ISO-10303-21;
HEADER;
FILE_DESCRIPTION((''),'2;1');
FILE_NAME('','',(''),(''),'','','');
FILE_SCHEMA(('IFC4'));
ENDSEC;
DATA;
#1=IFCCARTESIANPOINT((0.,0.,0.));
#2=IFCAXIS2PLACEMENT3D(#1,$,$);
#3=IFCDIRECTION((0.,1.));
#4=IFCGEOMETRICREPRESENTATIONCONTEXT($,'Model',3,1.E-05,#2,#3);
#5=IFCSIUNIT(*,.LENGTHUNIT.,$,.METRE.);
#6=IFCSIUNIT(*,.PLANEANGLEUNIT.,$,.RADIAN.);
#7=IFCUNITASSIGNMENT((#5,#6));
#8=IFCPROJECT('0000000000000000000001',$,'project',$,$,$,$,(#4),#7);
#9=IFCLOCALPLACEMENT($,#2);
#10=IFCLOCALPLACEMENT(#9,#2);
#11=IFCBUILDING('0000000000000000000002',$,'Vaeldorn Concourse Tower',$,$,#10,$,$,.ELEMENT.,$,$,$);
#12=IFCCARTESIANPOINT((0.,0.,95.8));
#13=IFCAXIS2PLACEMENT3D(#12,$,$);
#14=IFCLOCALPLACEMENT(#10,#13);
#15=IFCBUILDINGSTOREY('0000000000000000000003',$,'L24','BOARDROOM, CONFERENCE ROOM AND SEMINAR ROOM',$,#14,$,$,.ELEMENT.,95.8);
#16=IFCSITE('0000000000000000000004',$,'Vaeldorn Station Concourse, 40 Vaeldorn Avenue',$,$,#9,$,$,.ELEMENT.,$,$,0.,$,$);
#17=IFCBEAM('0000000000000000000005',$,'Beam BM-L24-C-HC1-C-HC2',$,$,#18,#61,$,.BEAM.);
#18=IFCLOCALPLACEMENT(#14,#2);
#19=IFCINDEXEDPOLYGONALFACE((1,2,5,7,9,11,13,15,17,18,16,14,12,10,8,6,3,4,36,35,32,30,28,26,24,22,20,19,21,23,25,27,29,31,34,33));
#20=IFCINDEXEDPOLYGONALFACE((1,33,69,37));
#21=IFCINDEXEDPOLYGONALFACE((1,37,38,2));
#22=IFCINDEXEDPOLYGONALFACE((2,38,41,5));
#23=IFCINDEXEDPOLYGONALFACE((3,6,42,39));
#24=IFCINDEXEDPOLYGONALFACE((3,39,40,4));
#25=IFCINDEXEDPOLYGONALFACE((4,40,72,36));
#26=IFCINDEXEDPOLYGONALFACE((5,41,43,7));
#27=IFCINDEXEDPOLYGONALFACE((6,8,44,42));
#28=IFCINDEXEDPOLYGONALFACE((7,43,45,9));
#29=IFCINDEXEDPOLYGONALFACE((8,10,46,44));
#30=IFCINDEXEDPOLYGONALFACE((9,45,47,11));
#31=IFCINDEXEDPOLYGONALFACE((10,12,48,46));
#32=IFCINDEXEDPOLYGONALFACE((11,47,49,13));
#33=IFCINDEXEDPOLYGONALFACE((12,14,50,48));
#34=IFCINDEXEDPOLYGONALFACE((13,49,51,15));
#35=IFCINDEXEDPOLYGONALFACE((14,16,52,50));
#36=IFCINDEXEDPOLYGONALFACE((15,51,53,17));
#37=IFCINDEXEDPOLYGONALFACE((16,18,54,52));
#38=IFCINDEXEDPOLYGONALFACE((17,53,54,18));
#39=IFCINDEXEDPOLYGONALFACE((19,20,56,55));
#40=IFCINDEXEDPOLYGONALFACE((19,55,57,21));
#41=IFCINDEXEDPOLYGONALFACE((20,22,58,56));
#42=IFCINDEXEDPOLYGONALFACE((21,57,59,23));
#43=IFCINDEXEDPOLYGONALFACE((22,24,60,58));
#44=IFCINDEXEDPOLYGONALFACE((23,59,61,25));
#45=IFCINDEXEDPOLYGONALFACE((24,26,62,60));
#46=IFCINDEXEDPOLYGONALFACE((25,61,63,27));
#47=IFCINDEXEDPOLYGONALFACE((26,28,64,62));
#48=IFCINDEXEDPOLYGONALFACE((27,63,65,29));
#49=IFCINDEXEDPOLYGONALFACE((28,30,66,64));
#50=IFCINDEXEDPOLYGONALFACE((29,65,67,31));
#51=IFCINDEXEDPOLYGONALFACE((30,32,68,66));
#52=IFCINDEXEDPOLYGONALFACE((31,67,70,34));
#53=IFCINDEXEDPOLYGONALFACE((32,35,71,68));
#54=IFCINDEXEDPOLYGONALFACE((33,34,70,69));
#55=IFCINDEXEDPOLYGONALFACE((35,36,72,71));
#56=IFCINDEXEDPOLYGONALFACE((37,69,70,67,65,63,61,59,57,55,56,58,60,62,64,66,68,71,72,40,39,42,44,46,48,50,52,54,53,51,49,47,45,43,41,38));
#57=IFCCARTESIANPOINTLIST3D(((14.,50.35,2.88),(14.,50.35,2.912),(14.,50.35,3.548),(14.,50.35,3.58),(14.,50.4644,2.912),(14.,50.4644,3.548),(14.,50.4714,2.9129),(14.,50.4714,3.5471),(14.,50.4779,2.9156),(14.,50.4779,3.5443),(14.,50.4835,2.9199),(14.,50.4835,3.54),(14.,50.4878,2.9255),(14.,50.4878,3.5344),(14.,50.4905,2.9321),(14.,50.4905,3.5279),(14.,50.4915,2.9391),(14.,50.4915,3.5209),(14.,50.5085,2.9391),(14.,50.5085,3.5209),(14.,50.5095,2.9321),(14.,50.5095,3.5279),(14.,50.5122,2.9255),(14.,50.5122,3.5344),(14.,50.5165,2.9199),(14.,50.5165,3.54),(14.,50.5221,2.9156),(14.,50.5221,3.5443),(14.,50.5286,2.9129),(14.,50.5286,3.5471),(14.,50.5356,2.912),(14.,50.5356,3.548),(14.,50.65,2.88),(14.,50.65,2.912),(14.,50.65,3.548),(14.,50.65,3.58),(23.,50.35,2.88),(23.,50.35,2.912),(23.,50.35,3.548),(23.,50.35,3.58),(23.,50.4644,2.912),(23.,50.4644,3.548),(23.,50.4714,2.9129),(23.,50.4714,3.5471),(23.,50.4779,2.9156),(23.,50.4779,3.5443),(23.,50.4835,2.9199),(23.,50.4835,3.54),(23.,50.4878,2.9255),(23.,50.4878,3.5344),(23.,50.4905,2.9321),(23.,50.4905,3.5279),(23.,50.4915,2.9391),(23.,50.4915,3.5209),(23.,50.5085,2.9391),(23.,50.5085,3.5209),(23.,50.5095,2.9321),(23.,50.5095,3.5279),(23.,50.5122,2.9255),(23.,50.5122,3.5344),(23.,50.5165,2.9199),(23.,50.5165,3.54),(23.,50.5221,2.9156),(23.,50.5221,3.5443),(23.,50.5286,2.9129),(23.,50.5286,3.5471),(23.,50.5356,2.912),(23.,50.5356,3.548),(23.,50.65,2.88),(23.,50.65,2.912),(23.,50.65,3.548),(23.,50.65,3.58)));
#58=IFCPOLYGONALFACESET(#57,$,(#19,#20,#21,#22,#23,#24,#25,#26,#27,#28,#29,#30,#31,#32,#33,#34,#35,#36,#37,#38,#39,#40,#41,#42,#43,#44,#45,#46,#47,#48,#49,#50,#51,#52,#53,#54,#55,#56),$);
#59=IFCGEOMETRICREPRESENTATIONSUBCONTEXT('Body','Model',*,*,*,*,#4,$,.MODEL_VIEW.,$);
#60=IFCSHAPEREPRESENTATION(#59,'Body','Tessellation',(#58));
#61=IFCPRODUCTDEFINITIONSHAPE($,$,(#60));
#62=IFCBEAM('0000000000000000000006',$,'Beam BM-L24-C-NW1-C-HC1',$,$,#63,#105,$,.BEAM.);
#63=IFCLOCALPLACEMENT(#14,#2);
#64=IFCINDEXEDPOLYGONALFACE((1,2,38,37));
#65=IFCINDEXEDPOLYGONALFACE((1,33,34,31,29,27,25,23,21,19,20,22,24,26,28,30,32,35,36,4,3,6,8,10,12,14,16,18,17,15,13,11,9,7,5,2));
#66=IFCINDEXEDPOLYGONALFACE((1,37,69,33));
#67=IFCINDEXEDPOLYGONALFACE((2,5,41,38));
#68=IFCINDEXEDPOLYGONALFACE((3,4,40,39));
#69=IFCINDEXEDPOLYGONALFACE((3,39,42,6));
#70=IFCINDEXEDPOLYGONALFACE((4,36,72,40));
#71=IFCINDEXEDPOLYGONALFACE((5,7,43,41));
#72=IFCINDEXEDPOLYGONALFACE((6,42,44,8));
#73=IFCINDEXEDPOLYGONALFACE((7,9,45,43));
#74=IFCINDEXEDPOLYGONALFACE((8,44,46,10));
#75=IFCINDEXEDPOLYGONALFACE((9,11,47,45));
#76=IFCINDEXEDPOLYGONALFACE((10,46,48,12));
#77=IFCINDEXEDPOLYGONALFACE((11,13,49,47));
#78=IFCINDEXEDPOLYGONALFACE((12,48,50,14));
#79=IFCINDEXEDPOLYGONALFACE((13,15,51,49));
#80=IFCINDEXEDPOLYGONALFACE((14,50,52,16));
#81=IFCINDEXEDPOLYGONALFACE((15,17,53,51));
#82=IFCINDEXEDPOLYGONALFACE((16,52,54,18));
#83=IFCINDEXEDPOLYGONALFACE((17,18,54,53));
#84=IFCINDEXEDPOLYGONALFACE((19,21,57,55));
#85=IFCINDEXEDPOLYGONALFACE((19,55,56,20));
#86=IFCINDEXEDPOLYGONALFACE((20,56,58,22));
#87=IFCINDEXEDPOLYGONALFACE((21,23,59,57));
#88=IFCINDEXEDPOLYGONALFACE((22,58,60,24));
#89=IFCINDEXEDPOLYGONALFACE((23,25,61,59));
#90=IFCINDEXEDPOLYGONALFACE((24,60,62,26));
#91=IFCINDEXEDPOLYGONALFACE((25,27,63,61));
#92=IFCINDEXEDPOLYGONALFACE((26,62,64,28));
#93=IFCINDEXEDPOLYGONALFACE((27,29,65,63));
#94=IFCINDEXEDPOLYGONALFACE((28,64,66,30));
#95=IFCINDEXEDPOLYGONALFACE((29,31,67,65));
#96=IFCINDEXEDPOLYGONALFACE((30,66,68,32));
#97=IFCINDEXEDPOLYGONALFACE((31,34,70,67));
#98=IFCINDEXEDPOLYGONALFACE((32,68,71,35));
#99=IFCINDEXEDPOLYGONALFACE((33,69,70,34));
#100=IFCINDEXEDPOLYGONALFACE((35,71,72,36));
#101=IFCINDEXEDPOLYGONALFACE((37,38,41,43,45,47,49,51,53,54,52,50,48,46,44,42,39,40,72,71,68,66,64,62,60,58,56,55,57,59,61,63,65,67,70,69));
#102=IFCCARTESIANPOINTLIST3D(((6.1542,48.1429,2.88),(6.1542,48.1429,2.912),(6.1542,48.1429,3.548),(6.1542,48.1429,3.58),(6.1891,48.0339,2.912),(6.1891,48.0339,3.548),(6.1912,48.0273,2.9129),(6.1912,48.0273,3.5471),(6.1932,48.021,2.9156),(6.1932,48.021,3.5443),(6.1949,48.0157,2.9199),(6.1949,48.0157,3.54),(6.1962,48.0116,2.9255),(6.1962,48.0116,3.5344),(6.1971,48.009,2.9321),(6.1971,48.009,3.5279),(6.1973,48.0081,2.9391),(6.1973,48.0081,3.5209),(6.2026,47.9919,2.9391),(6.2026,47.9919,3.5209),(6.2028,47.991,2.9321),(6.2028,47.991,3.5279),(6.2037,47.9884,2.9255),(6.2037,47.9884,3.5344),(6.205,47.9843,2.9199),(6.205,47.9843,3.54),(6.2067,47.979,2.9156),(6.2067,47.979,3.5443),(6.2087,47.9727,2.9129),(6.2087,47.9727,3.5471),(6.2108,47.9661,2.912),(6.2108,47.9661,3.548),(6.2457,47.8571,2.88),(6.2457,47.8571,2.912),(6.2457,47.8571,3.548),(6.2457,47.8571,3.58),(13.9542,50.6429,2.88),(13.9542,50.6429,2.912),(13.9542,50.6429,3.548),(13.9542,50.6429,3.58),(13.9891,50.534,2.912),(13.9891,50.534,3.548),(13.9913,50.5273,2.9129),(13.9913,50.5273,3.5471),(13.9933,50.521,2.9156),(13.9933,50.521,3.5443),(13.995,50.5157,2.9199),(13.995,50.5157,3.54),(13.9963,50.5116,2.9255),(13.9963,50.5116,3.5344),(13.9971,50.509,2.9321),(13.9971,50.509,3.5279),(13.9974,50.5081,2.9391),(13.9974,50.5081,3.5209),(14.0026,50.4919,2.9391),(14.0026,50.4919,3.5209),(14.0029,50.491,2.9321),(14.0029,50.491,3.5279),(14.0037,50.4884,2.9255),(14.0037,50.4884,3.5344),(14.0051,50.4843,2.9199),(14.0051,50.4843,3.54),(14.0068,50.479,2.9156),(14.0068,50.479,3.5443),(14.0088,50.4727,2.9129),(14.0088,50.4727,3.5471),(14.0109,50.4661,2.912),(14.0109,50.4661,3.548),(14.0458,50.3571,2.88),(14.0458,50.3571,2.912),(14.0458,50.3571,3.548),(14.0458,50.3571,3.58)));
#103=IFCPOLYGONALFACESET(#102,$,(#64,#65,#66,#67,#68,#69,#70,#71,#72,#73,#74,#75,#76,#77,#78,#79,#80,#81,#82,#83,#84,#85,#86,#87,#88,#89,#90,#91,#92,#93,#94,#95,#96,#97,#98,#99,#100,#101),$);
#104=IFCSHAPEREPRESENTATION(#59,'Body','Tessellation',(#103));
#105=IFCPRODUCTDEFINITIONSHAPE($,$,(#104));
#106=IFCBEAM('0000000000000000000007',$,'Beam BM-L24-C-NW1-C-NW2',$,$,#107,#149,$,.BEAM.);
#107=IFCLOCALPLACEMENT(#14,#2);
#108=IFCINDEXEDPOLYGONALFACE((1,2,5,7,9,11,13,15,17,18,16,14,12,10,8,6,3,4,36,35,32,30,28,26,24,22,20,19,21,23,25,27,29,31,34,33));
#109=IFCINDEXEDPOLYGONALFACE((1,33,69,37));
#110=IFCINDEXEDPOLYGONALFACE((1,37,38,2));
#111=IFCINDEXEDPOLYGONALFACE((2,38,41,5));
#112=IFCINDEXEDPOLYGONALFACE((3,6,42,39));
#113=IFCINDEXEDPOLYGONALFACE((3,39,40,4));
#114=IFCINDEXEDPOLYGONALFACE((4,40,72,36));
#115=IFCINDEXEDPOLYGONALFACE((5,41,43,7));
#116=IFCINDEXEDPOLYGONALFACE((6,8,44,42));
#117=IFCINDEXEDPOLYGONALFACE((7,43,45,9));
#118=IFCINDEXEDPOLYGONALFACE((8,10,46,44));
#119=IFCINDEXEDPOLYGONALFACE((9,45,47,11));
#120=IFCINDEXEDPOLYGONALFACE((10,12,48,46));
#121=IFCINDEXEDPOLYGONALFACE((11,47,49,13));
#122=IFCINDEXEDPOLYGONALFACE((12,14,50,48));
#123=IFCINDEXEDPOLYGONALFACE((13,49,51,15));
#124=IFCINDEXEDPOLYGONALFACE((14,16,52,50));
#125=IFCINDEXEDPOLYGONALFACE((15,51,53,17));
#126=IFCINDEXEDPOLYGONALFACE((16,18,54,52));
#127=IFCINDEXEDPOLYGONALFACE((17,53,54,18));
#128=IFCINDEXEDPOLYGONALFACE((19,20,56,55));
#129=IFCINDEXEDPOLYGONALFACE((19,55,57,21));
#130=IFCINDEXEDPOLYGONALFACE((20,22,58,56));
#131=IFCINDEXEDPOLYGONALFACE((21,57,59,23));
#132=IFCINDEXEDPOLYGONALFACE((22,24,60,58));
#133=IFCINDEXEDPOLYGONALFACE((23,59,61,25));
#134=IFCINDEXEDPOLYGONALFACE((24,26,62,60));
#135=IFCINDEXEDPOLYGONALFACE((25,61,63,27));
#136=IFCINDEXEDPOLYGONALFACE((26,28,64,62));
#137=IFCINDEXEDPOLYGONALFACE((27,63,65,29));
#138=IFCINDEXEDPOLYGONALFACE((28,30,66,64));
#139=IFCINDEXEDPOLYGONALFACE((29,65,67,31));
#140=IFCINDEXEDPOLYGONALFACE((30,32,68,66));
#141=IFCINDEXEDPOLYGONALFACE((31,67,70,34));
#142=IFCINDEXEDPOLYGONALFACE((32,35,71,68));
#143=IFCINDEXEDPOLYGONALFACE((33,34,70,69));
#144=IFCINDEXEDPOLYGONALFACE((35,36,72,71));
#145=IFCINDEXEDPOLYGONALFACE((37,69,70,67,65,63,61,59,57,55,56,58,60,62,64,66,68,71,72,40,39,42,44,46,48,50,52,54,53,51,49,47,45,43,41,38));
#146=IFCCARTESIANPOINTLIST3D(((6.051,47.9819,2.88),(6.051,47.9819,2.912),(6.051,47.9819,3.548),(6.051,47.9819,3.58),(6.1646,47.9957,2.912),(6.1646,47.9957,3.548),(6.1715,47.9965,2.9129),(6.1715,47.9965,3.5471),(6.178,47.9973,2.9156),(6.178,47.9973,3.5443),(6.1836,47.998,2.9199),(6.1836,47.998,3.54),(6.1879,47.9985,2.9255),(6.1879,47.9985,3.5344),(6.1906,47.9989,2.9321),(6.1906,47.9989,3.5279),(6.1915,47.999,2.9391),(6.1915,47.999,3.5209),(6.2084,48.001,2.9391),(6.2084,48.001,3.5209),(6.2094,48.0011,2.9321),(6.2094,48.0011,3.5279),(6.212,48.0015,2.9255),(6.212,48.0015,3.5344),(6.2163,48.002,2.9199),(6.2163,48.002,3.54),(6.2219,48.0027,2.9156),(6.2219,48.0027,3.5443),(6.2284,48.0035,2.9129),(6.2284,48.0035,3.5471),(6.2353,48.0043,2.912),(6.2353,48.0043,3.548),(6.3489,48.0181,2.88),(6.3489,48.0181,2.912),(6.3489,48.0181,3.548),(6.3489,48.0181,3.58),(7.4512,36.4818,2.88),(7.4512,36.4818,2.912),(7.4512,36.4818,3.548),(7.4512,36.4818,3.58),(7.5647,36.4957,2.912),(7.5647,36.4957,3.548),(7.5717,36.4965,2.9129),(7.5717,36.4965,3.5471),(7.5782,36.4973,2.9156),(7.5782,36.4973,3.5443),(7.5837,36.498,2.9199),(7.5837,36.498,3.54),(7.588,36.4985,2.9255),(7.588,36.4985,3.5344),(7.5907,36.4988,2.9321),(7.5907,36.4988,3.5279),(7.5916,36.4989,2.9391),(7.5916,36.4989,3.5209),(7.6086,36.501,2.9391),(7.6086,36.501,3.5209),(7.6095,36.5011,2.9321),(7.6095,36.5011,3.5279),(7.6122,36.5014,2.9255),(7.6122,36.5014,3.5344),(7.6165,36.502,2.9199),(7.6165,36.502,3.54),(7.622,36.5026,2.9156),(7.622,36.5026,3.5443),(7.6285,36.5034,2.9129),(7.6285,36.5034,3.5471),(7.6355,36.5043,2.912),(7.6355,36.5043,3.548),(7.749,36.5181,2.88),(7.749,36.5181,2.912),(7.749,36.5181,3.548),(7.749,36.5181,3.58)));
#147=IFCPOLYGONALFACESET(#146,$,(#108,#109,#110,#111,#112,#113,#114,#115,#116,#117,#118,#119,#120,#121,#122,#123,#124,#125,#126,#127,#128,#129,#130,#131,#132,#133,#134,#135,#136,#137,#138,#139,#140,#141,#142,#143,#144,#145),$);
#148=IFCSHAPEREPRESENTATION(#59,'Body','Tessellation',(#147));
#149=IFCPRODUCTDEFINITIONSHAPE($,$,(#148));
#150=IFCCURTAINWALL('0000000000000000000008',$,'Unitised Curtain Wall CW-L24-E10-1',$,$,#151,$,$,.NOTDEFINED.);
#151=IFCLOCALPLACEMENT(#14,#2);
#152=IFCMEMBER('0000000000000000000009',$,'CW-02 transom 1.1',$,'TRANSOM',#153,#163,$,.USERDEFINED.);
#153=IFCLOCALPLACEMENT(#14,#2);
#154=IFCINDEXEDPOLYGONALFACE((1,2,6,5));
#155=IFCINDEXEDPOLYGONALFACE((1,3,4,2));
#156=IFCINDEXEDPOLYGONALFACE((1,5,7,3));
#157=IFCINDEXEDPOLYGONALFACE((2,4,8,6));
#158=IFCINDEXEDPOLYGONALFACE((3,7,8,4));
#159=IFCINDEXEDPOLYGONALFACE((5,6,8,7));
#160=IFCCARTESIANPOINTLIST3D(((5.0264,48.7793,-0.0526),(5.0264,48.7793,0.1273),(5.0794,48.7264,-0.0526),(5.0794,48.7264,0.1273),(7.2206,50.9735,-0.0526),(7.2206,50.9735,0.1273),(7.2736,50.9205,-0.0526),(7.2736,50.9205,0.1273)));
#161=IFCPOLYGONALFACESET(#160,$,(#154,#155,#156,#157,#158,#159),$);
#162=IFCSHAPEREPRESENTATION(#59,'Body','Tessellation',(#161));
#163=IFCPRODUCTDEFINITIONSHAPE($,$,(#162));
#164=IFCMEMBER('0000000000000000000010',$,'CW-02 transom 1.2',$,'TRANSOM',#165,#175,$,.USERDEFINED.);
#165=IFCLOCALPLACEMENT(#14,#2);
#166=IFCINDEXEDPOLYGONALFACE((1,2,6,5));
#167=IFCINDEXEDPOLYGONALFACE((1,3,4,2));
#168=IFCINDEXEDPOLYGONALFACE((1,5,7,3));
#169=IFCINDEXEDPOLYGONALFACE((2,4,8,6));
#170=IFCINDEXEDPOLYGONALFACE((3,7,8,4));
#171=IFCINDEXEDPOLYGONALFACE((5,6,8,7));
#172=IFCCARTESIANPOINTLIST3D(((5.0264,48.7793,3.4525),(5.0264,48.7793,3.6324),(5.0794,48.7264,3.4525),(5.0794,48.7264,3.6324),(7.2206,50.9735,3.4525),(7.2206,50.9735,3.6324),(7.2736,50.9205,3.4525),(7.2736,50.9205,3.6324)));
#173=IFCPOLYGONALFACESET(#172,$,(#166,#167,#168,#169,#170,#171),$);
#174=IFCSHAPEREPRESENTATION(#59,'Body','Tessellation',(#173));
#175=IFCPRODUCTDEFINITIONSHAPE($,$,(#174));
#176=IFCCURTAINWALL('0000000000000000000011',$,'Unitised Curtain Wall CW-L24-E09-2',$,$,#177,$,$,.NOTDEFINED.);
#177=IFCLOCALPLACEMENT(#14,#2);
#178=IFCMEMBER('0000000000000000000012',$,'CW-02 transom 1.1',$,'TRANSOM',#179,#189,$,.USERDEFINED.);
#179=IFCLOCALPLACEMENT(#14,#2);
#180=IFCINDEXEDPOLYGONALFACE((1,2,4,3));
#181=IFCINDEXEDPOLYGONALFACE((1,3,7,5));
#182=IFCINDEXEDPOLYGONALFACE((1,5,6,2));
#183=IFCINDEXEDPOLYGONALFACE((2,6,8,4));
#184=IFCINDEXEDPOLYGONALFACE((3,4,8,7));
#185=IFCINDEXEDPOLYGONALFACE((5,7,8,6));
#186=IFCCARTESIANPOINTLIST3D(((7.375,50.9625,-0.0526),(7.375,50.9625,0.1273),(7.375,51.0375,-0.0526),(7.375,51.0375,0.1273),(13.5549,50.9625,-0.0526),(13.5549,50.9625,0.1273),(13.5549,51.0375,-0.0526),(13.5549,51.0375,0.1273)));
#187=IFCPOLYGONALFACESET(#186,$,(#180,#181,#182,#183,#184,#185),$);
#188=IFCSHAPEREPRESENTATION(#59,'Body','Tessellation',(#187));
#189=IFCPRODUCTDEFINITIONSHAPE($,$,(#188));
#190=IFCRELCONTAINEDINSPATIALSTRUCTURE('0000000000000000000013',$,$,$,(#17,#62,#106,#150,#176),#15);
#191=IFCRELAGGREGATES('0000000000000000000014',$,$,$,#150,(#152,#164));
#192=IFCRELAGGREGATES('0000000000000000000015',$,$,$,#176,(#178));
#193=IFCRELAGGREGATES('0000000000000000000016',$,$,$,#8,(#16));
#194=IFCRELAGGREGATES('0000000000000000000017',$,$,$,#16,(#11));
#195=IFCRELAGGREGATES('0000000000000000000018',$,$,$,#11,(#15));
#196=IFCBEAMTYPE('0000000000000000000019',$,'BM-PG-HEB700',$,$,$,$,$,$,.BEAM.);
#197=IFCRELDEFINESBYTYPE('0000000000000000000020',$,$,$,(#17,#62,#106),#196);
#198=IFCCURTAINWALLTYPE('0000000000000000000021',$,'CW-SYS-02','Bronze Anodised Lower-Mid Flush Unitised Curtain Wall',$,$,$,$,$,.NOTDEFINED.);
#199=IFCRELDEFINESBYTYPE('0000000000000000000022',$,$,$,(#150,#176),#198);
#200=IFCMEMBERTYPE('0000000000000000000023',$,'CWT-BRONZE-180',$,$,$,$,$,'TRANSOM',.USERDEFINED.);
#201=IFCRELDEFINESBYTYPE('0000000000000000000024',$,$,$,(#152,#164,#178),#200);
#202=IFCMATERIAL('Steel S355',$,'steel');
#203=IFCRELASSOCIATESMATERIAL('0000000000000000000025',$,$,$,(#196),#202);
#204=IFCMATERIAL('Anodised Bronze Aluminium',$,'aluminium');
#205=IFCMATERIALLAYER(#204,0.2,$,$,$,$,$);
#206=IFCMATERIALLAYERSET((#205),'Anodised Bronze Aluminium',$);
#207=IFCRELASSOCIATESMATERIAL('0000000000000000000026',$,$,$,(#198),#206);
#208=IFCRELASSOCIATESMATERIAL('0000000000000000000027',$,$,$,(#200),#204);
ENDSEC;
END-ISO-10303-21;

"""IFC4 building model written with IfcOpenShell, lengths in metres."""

from ifc_helpers import new_model, si_unit, direction, frame, origin, origin_2d, place, context, subcontext, project, spatial, rectangle, i_section, extrude, source, transform, mapped, material, layer, layer_set, material_profile, profile_set, type_object, element, aggregate, save


model = new_model("IFC4")

# Units and contexts
model_context = context("Model", 3, precision=1e-05, world=origin(), true_north=direction((0.0, 1.0)))
body_context = subcontext(model_context, "Body", "Model", "MODEL_VIEW")
ifc_project = project(units=[si_unit("LENGTHUNIT", "METRE"), si_unit("PLANEANGLEUNIT", "RADIAN")], contexts=[model_context])

# Site, building, storey
site_placement = place(None, origin())
site = spatial("IfcSite", under=ifc_project, at=site_placement, Name="Vaeldorn Station Concourse, 40 Vaeldorn Avenue", CompositionType="ELEMENT", RefElevation=0.0)
building_placement = place(site_placement, origin())
building = spatial("IfcBuilding", under=site, at=building_placement, Name="Vaeldorn Concourse Tower", CompositionType="ELEMENT")
storey_placement = place(building_placement, frame((0.0, 0.0, 95.8)))
storey = spatial("IfcBuildingStorey", under=building, at=storey_placement, Name="L24", Description="BOARDROOM, CONFERENCE ROOM AND SEMINAR ROOM", CompositionType="ELEMENT", Elevation=95.8)

# Beams
ifc_material_1 = material(Name="Steel S355", Category="steel")
ifc_material_profile_1 = material_profile(ifc_material_1, i_section(OverallWidth=0.3, OverallDepth=0.7, WebThickness=0.0171, FlangeThickness=0.032, FilletRadius=0.0271, at=origin_2d()), Name="HEB 700")
ifc_profile_set_1 = profile_set([ifc_material_profile_1], Name="Steel S355")
beam_type_1 = type_object("IfcBeamType", Name="BM-PG-HEB700", PredefinedType="BEAM", material=ifc_profile_set_1)
shared_shape_1 = source(origin(), body_context, "Body", "SweptSolid", [
    extrude(i_section(OverallWidth=0.3, OverallDepth=0.7, WebThickness=0.0171, FlangeThickness=0.032, FilletRadius=0.0271, at=origin_2d()), origin(), (0.0, 0.0, 1.0), 9.0),
])
beam_1_placement = place(storey_placement, frame((14.0, 50.5, 3.23), z_axis=(1.0, 0.0, 0.0), x_axis=(0.0, 1.0, 0.0)))
element("IfcBeam", 1, at=beam_1_placement, inside=storey, type_object=beam_type_1, Name="Beam BM-L24-C-HC1-C-HC2", PredefinedType="BEAM", context=body_context, shape_type="MappedRepresentation", body=[
    mapped(shared_shape_1, transform((0.0, 0.0, 0.0), scale=1.0)),
])
shared_shape_2 = source(origin(), body_context, "Body", "SweptSolid", [
    extrude(i_section(OverallWidth=0.3, OverallDepth=0.7, WebThickness=0.0171, FlangeThickness=0.032, FilletRadius=0.0271, at=origin_2d()), origin(), (0.0, 0.0, 1.0), 8.1909),
])
beam_2_placement = place(storey_placement, frame((6.2, 48.0, 3.23), z_axis=(0.952283, 0.305217, 0.0), x_axis=(-0.305217, 0.952283, 0.0)))
element("IfcBeam", 2, at=beam_2_placement, inside=storey, type_object=beam_type_1, Name="Beam BM-L24-C-NW1-C-HC1", PredefinedType="BEAM", context=body_context, shape_type="MappedRepresentation", body=[
    mapped(shared_shape_2, transform((0.0, 0.0, 0.0), scale=1.0)),
])
shared_shape_3 = source(origin(), body_context, "Body", "SweptSolid", [
    extrude(i_section(OverallWidth=0.3, OverallDepth=0.7, WebThickness=0.0171, FlangeThickness=0.032, FilletRadius=0.0271, at=origin_2d()), origin(), (0.0, 0.0, 1.0), 11.585),
])
beam_3_placement = place(storey_placement, frame((6.2, 48.0, 3.23), z_axis=(0.120859, -0.99267, 0.0), x_axis=(0.99267, 0.120859, 0.0)))
element("IfcBeam", 3, at=beam_3_placement, inside=storey, type_object=beam_type_1, Name="Beam BM-L24-C-NW1-C-NW2", PredefinedType="BEAM", context=body_context, shape_type="MappedRepresentation", body=[
    mapped(shared_shape_3, transform((0.0, 0.0, 0.0), scale=1.0)),
])

# Curtain walls, members
ifc_material_2 = material(Name="Anodised Bronze Aluminium", Category="aluminium")
ifc_layer_1 = layer(ifc_material_2, 0.2)
ifc_layer_set_1 = layer_set([ifc_layer_1], Name="Anodised Bronze Aluminium")
curtain_wall_type = type_object("IfcCurtainWallType", Name="CW-SYS-02", Description="Bronze Anodised Lower-Mid Flush Unitised Curtain Wall", PredefinedType="NOTDEFINED", material=ifc_layer_set_1)
curtain_wall_1_placement = place(storey_placement, origin())
curtain_wall_1 = element("IfcCurtainWall", 4, at=curtain_wall_1_placement, inside=storey, type_object=curtain_wall_type, Name="Unitised Curtain Wall CW-L24-E10-1", PredefinedType="NOTDEFINED")
ifc_material_profile_2 = material_profile(ifc_material_2, rectangle(XDim=0.075, YDim=0.1799, at=origin_2d()), Name="CWT 75x180")
ifc_profile_set_2 = profile_set([ifc_material_profile_2], Name="Anodised Bronze Aluminium")
member_type_1 = type_object("IfcMemberType", Name="CWT-BRONZE-180", ElementType="TRANSOM", PredefinedType="USERDEFINED", material=ifc_profile_set_2)
shared_shape_4 = source(origin(), body_context, "Body", "SweptSolid", [
    extrude(rectangle(XDim=0.075, YDim=0.1799, at=origin_2d()), origin(), (0.0, 0.0, 1.0), 3.103),
])
member_1_placement = place(storey_placement, frame((7.2471, 50.947, 0.0374), z_axis=(-0.707107, -0.707107, 0.0), x_axis=(0.707107, -0.707107, 0.0)))
member_1 = element("IfcMember", 5, at=member_1_placement, type_object=member_type_1, Name="CW-02 transom 1.1", ObjectType="TRANSOM", PredefinedType="USERDEFINED", context=body_context, shape_type="MappedRepresentation", body=[
    mapped(shared_shape_4, transform((0.0, 0.0, 0.0), scale=1.0)),
])
member_2_placement = place(storey_placement, frame((7.2471, 50.947, 3.5425), z_axis=(-0.707107, -0.707107, 0.0), x_axis=(0.707107, -0.707107, 0.0)))
member_2 = element("IfcMember", 6, at=member_2_placement, type_object=member_type_1, Name="CW-02 transom 1.2", ObjectType="TRANSOM", PredefinedType="USERDEFINED", context=body_context, shape_type="MappedRepresentation", body=[
    mapped(shared_shape_4, transform((0.0, 0.0, 0.0), scale=1.0)),
])
curtain_wall_2_placement = place(storey_placement, origin())
curtain_wall_2 = element("IfcCurtainWall", 7, at=curtain_wall_2_placement, inside=storey, type_object=curtain_wall_type, Name="Unitised Curtain Wall CW-L24-E09-2", PredefinedType="NOTDEFINED")
shared_shape_5 = source(origin(), body_context, "Body", "SweptSolid", [
    extrude(rectangle(XDim=0.075, YDim=0.1799, at=origin_2d()), origin(), (0.0, 0.0, 1.0), 6.1799),
])
member_3_placement = place(storey_placement, frame((13.5549, 51.0, 0.0374), z_axis=(-1.0, 0.0, 0.0), x_axis=(0.0, -1.0, 0.0)))
member_3 = element("IfcMember", 8, at=member_3_placement, type_object=member_type_1, Name="CW-02 transom 1.1", ObjectType="TRANSOM", PredefinedType="USERDEFINED", context=body_context, shape_type="MappedRepresentation", body=[
    mapped(shared_shape_5, transform((0.0, 0.0, 0.0), scale=1.0)),
])

aggregate(curtain_wall_1, [member_1, member_2])
aggregate(curtain_wall_2, [member_3])

save(model, "model.ifc")
